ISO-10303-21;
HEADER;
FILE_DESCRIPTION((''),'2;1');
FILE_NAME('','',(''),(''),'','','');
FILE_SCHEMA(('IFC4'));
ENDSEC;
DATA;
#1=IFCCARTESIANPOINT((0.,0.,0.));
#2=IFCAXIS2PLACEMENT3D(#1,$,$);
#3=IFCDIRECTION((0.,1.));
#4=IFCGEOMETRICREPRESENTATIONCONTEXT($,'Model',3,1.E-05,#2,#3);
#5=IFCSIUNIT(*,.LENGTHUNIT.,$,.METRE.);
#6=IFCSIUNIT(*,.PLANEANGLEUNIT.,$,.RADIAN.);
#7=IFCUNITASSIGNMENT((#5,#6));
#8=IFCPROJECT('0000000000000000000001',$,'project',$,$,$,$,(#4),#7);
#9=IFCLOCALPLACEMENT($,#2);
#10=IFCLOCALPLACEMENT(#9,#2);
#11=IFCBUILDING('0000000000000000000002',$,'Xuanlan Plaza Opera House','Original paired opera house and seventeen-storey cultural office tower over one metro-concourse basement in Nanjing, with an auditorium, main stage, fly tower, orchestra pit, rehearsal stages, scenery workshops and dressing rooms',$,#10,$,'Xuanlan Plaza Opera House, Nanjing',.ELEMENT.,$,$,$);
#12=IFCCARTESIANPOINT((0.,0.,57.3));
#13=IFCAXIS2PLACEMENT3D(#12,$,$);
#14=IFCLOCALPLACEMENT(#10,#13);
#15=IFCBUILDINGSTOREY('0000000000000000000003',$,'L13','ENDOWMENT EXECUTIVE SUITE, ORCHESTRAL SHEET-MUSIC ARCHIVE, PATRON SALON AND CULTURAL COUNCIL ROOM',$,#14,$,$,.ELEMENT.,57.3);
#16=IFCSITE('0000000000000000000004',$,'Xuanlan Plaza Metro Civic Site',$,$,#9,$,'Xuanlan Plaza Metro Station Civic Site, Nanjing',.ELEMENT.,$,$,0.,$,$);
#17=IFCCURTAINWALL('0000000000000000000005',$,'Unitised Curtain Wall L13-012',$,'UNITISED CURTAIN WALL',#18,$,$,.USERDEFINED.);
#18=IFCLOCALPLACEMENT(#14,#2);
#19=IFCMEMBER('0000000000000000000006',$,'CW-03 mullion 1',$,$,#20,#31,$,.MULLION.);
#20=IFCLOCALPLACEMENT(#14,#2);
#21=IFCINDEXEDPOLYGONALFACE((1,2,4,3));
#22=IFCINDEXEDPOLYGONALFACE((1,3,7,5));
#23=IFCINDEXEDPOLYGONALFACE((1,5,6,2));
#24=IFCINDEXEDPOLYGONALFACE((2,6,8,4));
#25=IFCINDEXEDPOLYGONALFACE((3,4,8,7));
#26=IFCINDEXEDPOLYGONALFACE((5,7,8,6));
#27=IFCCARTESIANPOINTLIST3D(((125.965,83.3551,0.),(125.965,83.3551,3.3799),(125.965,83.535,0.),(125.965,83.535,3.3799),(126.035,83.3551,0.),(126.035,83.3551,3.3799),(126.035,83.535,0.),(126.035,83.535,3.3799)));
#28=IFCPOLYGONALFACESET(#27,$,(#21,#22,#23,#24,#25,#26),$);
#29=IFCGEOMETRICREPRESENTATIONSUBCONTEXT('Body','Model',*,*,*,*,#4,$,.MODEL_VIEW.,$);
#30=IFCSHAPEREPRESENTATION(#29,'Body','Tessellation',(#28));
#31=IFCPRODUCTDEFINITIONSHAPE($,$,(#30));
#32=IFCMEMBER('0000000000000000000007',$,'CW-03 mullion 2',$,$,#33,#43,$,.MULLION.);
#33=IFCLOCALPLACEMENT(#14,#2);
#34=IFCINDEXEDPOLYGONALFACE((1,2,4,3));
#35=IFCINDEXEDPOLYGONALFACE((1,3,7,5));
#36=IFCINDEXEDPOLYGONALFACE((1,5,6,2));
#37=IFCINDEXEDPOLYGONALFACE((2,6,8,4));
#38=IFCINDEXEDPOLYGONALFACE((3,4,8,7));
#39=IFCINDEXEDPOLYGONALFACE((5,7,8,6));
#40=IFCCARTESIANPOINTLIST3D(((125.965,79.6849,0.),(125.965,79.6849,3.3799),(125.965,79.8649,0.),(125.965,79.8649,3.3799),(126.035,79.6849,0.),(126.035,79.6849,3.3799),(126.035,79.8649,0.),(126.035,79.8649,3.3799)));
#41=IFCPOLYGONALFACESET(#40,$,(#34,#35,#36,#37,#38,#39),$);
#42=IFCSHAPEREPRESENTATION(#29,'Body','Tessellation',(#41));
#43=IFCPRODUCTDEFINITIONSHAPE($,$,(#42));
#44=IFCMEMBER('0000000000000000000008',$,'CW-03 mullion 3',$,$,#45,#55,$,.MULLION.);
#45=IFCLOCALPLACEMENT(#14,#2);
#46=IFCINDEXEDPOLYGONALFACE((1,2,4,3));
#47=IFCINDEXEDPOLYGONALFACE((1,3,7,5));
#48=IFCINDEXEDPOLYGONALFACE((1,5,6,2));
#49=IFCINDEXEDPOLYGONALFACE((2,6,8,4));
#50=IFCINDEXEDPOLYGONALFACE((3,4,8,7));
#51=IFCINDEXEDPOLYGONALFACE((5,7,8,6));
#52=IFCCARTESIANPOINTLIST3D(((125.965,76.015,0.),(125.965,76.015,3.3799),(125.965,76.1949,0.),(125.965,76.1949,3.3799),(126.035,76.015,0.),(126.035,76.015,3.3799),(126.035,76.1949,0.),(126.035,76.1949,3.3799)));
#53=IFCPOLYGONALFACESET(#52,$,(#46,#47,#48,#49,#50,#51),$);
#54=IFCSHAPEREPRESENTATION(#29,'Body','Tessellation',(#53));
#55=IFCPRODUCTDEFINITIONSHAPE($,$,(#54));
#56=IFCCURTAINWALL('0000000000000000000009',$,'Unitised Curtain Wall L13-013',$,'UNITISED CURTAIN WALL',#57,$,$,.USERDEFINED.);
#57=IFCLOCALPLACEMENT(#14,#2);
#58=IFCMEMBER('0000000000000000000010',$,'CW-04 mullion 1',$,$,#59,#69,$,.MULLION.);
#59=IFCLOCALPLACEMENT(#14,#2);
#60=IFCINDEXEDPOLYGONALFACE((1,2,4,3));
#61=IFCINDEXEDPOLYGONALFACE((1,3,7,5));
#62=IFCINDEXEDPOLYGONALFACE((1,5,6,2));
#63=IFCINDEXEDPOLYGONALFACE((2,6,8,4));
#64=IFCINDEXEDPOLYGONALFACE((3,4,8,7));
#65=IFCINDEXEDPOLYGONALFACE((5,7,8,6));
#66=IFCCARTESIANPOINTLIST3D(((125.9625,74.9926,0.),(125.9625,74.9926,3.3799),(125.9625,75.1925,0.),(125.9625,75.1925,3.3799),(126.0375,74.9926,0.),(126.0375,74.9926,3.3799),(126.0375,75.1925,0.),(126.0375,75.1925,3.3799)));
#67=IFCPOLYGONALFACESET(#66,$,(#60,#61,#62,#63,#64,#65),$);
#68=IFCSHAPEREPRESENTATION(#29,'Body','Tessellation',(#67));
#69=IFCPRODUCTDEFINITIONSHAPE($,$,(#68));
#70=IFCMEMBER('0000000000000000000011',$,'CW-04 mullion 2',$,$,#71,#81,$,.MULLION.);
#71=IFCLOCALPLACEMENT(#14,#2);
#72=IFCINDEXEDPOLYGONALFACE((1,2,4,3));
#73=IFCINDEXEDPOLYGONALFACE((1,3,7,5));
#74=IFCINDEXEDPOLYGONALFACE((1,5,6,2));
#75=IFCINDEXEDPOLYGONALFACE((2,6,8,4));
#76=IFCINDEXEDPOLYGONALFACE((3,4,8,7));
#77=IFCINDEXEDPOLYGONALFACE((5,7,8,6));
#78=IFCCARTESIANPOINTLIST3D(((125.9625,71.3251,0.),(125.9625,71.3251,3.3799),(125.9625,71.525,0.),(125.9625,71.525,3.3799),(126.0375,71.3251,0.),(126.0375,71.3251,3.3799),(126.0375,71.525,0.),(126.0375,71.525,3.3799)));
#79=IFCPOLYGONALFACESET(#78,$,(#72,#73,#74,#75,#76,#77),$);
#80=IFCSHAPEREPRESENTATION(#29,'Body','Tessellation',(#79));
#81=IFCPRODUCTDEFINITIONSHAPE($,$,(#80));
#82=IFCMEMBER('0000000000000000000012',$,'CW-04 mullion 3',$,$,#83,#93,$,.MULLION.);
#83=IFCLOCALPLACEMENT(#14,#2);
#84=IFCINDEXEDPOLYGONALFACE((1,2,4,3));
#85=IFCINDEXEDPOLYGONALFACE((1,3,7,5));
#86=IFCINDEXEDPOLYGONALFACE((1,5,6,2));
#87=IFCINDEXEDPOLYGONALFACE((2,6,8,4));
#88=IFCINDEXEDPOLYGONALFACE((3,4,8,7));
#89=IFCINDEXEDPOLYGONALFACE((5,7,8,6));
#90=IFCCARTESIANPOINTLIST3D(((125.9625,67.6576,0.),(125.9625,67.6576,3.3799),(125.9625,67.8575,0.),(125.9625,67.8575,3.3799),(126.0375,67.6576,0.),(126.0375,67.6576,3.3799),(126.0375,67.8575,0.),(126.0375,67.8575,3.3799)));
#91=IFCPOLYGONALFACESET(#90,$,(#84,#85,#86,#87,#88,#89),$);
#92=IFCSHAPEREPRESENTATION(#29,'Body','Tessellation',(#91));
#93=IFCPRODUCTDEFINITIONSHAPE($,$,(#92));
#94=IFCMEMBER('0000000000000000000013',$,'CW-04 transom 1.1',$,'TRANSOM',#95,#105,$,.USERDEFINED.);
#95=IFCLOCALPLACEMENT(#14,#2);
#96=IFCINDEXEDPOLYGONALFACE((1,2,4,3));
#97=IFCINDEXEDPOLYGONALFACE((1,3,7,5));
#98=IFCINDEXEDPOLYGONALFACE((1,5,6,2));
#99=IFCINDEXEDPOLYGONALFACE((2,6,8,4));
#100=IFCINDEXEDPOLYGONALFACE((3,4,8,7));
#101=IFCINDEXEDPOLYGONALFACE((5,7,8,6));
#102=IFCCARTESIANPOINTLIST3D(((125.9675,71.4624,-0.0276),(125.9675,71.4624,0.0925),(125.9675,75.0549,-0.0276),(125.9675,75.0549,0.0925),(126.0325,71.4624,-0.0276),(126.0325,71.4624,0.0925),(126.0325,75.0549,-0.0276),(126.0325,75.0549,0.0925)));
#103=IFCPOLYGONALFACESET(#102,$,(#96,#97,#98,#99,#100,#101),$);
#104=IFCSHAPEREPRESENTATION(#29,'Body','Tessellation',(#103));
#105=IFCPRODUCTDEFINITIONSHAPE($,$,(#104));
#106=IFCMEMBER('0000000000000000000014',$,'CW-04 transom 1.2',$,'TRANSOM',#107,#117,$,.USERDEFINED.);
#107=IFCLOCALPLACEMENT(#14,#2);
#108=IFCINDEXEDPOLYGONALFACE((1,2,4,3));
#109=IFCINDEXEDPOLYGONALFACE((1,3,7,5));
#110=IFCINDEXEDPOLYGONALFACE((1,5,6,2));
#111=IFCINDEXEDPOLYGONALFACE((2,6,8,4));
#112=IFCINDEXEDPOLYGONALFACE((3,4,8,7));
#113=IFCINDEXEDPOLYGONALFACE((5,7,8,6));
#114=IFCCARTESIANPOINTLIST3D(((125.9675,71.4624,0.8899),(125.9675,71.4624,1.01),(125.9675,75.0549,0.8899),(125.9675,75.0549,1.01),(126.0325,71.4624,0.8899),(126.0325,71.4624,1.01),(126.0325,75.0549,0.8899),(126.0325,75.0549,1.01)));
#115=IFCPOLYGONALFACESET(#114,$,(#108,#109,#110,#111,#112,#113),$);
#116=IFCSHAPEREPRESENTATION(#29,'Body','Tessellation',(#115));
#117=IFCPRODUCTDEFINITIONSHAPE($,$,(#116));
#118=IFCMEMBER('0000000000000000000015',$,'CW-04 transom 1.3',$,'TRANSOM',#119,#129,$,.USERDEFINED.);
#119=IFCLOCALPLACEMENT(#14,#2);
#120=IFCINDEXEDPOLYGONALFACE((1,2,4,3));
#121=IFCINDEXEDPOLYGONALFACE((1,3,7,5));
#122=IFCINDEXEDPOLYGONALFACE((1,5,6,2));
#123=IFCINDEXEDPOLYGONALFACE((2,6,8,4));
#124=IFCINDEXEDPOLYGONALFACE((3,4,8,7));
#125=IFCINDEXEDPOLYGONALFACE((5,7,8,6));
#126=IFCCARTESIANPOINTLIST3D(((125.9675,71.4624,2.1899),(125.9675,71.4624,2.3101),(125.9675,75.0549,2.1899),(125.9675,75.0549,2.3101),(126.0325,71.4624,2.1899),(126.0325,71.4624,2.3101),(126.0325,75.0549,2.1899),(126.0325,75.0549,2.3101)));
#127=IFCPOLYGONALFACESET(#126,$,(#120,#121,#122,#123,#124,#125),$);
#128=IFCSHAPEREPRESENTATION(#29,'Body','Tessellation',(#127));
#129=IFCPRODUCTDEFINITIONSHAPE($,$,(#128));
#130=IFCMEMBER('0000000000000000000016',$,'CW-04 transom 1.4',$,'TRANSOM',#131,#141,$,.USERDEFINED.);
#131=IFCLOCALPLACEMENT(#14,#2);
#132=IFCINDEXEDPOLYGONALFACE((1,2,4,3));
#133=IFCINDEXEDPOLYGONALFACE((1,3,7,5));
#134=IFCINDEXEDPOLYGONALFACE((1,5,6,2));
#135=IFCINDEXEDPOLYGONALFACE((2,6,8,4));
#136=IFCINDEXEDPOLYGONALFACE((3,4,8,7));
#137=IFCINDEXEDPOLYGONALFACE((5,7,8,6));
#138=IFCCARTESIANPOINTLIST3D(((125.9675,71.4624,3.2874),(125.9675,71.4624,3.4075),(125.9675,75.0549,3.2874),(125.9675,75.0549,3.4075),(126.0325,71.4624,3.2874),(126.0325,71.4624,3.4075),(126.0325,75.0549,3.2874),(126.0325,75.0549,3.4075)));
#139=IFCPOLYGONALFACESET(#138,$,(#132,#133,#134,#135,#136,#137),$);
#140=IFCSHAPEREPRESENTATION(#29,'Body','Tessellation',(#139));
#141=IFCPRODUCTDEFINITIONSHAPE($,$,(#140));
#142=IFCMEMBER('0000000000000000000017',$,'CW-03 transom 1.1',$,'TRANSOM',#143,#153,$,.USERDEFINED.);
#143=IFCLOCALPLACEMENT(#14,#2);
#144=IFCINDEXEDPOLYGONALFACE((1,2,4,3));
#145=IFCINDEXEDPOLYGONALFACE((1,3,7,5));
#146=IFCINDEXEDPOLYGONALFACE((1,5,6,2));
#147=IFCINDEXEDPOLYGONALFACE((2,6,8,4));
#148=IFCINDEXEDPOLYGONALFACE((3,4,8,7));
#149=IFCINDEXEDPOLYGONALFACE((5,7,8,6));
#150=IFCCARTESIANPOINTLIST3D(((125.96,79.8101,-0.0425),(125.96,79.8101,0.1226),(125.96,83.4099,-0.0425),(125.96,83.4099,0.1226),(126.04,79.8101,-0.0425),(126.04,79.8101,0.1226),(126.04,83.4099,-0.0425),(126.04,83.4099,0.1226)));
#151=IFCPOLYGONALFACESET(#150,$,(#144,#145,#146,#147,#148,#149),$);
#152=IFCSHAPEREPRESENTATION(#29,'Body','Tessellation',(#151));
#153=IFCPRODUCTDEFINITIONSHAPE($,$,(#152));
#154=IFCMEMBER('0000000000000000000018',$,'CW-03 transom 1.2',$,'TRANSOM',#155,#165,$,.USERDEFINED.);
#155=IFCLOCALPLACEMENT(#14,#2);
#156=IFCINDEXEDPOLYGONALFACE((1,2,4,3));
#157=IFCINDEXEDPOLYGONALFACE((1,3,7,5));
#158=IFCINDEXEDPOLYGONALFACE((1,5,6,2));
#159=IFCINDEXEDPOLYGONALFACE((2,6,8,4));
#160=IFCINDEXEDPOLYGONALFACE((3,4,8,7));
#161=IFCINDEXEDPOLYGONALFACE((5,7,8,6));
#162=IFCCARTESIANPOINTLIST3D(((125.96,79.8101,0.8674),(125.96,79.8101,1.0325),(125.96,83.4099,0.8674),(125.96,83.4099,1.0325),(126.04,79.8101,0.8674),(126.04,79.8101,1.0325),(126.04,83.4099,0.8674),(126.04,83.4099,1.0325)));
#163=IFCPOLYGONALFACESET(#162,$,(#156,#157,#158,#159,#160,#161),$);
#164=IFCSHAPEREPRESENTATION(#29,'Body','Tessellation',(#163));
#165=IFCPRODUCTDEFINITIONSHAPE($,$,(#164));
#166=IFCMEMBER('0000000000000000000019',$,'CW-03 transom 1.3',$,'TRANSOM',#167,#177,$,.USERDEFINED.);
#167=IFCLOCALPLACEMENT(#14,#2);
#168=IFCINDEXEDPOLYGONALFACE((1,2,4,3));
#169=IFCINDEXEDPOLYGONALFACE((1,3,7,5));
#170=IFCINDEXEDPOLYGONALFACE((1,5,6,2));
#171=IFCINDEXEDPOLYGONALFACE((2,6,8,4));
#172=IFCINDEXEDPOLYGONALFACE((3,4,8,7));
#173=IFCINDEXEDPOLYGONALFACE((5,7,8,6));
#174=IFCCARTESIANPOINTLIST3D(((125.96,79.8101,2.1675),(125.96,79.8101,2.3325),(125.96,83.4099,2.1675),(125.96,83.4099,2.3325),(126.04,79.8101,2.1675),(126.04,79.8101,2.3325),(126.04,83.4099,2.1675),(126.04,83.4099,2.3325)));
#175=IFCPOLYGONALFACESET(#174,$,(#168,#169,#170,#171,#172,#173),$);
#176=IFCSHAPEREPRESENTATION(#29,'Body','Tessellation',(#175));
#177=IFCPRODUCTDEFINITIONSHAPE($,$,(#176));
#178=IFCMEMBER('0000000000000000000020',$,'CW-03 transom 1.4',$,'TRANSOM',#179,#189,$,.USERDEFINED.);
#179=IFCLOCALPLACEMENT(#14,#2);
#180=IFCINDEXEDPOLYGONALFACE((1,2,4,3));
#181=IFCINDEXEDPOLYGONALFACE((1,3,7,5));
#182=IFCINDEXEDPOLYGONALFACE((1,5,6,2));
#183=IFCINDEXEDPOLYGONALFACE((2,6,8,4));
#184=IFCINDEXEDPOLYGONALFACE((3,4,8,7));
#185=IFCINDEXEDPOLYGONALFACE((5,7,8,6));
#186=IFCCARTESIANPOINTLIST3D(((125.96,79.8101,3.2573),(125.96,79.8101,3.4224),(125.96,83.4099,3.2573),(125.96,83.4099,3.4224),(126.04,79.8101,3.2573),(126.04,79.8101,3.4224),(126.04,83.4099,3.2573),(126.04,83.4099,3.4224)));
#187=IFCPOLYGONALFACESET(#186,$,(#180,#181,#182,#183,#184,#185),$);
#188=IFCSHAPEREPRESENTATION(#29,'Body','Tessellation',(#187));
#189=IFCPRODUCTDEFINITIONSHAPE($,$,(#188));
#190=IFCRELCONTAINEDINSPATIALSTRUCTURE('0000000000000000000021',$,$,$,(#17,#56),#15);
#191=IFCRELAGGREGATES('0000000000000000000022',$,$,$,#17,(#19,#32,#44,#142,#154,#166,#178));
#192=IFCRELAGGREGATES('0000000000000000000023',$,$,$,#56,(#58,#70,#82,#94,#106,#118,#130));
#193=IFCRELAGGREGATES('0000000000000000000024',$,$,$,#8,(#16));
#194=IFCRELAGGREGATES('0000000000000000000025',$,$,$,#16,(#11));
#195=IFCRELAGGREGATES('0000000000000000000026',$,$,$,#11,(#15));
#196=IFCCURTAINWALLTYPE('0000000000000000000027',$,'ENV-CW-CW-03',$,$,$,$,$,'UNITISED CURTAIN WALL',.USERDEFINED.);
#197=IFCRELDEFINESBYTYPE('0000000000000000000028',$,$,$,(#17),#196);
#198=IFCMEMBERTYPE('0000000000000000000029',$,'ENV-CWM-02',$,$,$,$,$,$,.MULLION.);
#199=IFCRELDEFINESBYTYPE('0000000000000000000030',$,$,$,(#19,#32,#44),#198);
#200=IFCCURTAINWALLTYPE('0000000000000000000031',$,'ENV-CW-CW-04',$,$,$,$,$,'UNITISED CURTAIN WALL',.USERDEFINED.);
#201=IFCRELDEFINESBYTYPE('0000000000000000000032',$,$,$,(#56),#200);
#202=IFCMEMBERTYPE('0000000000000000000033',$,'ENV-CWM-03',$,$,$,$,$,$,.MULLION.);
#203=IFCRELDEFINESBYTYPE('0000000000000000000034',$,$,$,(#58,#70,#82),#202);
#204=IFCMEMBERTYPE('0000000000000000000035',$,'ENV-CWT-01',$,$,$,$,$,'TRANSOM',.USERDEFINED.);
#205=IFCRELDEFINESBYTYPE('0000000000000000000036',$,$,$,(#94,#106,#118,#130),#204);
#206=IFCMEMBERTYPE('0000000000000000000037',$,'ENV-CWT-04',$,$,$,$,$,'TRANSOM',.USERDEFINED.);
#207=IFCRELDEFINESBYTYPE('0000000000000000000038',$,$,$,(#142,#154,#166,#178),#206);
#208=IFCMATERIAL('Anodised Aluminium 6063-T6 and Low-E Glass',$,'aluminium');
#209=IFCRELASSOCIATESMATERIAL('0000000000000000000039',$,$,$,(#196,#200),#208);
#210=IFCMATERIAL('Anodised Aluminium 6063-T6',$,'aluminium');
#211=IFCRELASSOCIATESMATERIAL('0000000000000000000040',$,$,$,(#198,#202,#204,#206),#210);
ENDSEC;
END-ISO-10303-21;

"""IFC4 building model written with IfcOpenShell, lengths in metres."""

from ifc_helpers import new_model, si_unit, direction, frame, origin, origin_2d, place, context, subcontext, project, spatial, rectangle, extrude, material, material_profile, profile_set, type_object, element, aggregate, save


model = new_model("IFC4")

# Units and contexts
model_context = context("Model", 3, precision=1e-05, world=origin(), true_north=direction((0.0, 1.0)))
body_context = subcontext(model_context, "Body", "Model", "MODEL_VIEW")
ifc_project = project(units=[si_unit("LENGTHUNIT", "METRE"), si_unit("PLANEANGLEUNIT", "RADIAN")], contexts=[model_context])

# Site, building, storey
site_placement = place(None, origin())
site = spatial("IfcSite", under=ifc_project, at=site_placement, Name="Xuanlan Plaza Metro Civic Site", LongName="Xuanlan Plaza Metro Station Civic Site, Nanjing", CompositionType="ELEMENT", RefElevation=0.0)
building_placement = place(site_placement, origin())
building = spatial("IfcBuilding", under=site, at=building_placement, Name="Xuanlan Plaza Opera House", Description="Original paired opera house and seventeen-storey cultural office tower over one metro-concourse basement in Nanjing, with an auditorium, main stage, fly tower, orchestra pit, rehearsal stages, scenery workshops and dressing rooms", LongName="Xuanlan Plaza Opera House, Nanjing", CompositionType="ELEMENT")
storey_placement = place(building_placement, frame((0.0, 0.0, 57.3)))
storey = spatial("IfcBuildingStorey", under=building, at=storey_placement, Name="L13", Description="ENDOWMENT EXECUTIVE SUITE, ORCHESTRAL SHEET-MUSIC ARCHIVE, PATRON SALON AND CULTURAL COUNCIL ROOM", CompositionType="ELEMENT", Elevation=57.3)

# Curtain walls, members
ifc_material_1 = material(Name="Anodised Aluminium 6063-T6 and Low-E Glass", Category="aluminium")
curtain_wall_type_1 = type_object("IfcCurtainWallType", Name="ENV-CW-CW-03", ElementType="UNITISED CURTAIN WALL", PredefinedType="USERDEFINED", material=ifc_material_1)
curtain_wall_1_placement = place(storey_placement, origin())
curtain_wall_1 = element("IfcCurtainWall", 1, at=curtain_wall_1_placement, inside=storey, type_object=curtain_wall_type_1, Name="Unitised Curtain Wall L13-012", ObjectType="UNITISED CURTAIN WALL", PredefinedType="USERDEFINED")
ifc_material_2 = material(Name="Anodised Aluminium 6063-T6", Category="aluminium")
ifc_material_profile_1 = material_profile(ifc_material_2, rectangle(XDim=0.0701, YDim=0.1799, at=origin_2d()), Name="ALU-M 70x180")
ifc_profile_set_1 = profile_set([ifc_material_profile_1], Name="Anodised Aluminium 6063-T6")
member_type_1 = type_object("IfcMemberType", Name="ENV-CWM-02", PredefinedType="MULLION", material=ifc_profile_set_1)
member_1_placement = place(storey_placement, frame((126.0, 83.4451, 0.0), z_axis=(0.0, 0.0, 1.0), x_axis=(1.0, 0.0, 0.0)))
member_1 = element("IfcMember", 2, at=member_1_placement, type_object=member_type_1, Name="CW-03 mullion 1", PredefinedType="MULLION", context=body_context, shape_type="SweptSolid", body=[
    extrude(rectangle(XDim=0.0701, YDim=0.1799, at=origin_2d()), origin(), (0.0, 0.0, 1.0), 3.3799),
])
member_2_placement = place(storey_placement, frame((126.0, 79.7749, 0.0), z_axis=(0.0, 0.0, 1.0), x_axis=(1.0, 0.0, 0.0)))
member_2 = element("IfcMember", 3, at=member_2_placement, type_object=member_type_1, Name="CW-03 mullion 2", PredefinedType="MULLION", context=body_context, shape_type="SweptSolid", body=[
    extrude(rectangle(XDim=0.0701, YDim=0.1799, at=origin_2d()), origin(), (0.0, 0.0, 1.0), 3.3799),
])
member_3_placement = place(storey_placement, frame((126.0, 76.105, 0.0), z_axis=(0.0, 0.0, 1.0), x_axis=(1.0, 0.0, 0.0)))
member_3 = element("IfcMember", 4, at=member_3_placement, type_object=member_type_1, Name="CW-03 mullion 3", PredefinedType="MULLION", context=body_context, shape_type="SweptSolid", body=[
    extrude(rectangle(XDim=0.0701, YDim=0.1799, at=origin_2d()), origin(), (0.0, 0.0, 1.0), 3.3799),
])
curtain_wall_type_2 = type_object("IfcCurtainWallType", Name="ENV-CW-CW-04", ElementType="UNITISED CURTAIN WALL", PredefinedType="USERDEFINED", material=ifc_material_1)
curtain_wall_2_placement = place(storey_placement, origin())
curtain_wall_2 = element("IfcCurtainWall", 5, at=curtain_wall_2_placement, inside=storey, type_object=curtain_wall_type_2, Name="Unitised Curtain Wall L13-013", ObjectType="UNITISED CURTAIN WALL", PredefinedType="USERDEFINED")
ifc_material_profile_2 = material_profile(ifc_material_2, rectangle(XDim=0.075, YDim=0.2, at=origin_2d()), Name="ALU-M 75x200")
ifc_profile_set_2 = profile_set([ifc_material_profile_2], Name="Anodised Aluminium 6063-T6")
member_type_2 = type_object("IfcMemberType", Name="ENV-CWM-03", PredefinedType="MULLION", material=ifc_profile_set_2)
member_4_placement = place(storey_placement, frame((126.0, 75.0925, 0.0), z_axis=(0.0, 0.0, 1.0), x_axis=(1.0, 0.0, 0.0)))
member_4 = element("IfcMember", 6, at=member_4_placement, type_object=member_type_2, Name="CW-04 mullion 1", PredefinedType="MULLION", context=body_context, shape_type="SweptSolid", body=[
    extrude(rectangle(XDim=0.075, YDim=0.2, at=origin_2d()), origin(), (0.0, 0.0, 1.0), 3.3799),
])
member_5_placement = place(storey_placement, frame((126.0, 71.425, 0.0), z_axis=(0.0, 0.0, 1.0), x_axis=(1.0, 0.0, 0.0)))
member_5 = element("IfcMember", 7, at=member_5_placement, type_object=member_type_2, Name="CW-04 mullion 2", PredefinedType="MULLION", context=body_context, shape_type="SweptSolid", body=[
    extrude(rectangle(XDim=0.075, YDim=0.2, at=origin_2d()), origin(), (0.0, 0.0, 1.0), 3.3799),
])
member_6_placement = place(storey_placement, frame((126.0, 67.7576, 0.0), z_axis=(0.0, 0.0, 1.0), x_axis=(1.0, 0.0, 0.0)))
member_6 = element("IfcMember", 8, at=member_6_placement, type_object=member_type_2, Name="CW-04 mullion 3", PredefinedType="MULLION", context=body_context, shape_type="SweptSolid", body=[
    extrude(rectangle(XDim=0.075, YDim=0.2, at=origin_2d()), origin(), (0.0, 0.0, 1.0), 3.3799),
])
ifc_material_profile_3 = material_profile(ifc_material_2, rectangle(XDim=0.0649, YDim=0.1201, at=origin_2d()), Name="ALU-T 65x120")
ifc_profile_set_3 = profile_set([ifc_material_profile_3], Name="Anodised Aluminium 6063-T6")
member_type_3 = type_object("IfcMemberType", Name="ENV-CWT-01", ElementType="TRANSOM", PredefinedType="USERDEFINED", material=ifc_profile_set_3)
member_7_placement = place(storey_placement, frame((126.0, 75.0549, 0.0325), z_axis=(0.0, -1.0, 0.0), x_axis=(1.0, 0.0, 0.0)))
member_7 = element("IfcMember", 9, at=member_7_placement, type_object=member_type_3, Name="CW-04 transom 1.1", ObjectType="TRANSOM", PredefinedType="USERDEFINED", context=body_context, shape_type="SweptSolid", body=[
    extrude(rectangle(XDim=0.0649, YDim=0.1201, at=origin_2d()), origin(), (0.0, 0.0, 1.0), 3.5925),
])
member_8_placement = place(storey_placement, frame((126.0, 75.0549, 0.95), z_axis=(0.0, -1.0, 0.0), x_axis=(1.0, 0.0, 0.0)))
member_8 = element("IfcMember", 10, at=member_8_placement, type_object=member_type_3, Name="CW-04 transom 1.2", ObjectType="TRANSOM", PredefinedType="USERDEFINED", context=body_context, shape_type="SweptSolid", body=[
    extrude(rectangle(XDim=0.0649, YDim=0.1201, at=origin_2d()), origin(), (0.0, 0.0, 1.0), 3.5925),
])
member_9_placement = place(storey_placement, frame((126.0, 75.0549, 2.25), z_axis=(0.0, -1.0, 0.0), x_axis=(1.0, 0.0, 0.0)))
member_9 = element("IfcMember", 11, at=member_9_placement, type_object=member_type_3, Name="CW-04 transom 1.3", ObjectType="TRANSOM", PredefinedType="USERDEFINED", context=body_context, shape_type="SweptSolid", body=[
    extrude(rectangle(XDim=0.0649, YDim=0.1201, at=origin_2d()), origin(), (0.0, 0.0, 1.0), 3.5925),
])
member_10_placement = place(storey_placement, frame((126.0, 75.0549, 3.3474), z_axis=(0.0, -1.0, 0.0), x_axis=(1.0, 0.0, 0.0)))
member_10 = element("IfcMember", 12, at=member_10_placement, type_object=member_type_3, Name="CW-04 transom 1.4", ObjectType="TRANSOM", PredefinedType="USERDEFINED", context=body_context, shape_type="SweptSolid", body=[
    extrude(rectangle(XDim=0.0649, YDim=0.1201, at=origin_2d()), origin(), (0.0, 0.0, 1.0), 3.5925),
])

# Members
ifc_material_profile_4 = material_profile(ifc_material_2, rectangle(XDim=0.0801, YDim=0.165, at=origin_2d()), Name="ALU-T 80x165")
ifc_profile_set_4 = profile_set([ifc_material_profile_4], Name="Anodised Aluminium 6063-T6")
member_type_4 = type_object("IfcMemberType", Name="ENV-CWT-04", ElementType="TRANSOM", PredefinedType="USERDEFINED", material=ifc_profile_set_4)
member_11_placement = place(storey_placement, frame((126.0, 83.4099, 0.04), z_axis=(0.0, -1.0, 0.0), x_axis=(1.0, 0.0, 0.0)))
member_11 = element("IfcMember", 13, at=member_11_placement, type_object=member_type_4, Name="CW-03 transom 1.1", ObjectType="TRANSOM", PredefinedType="USERDEFINED", context=body_context, shape_type="SweptSolid", body=[
    extrude(rectangle(XDim=0.0801, YDim=0.165, at=origin_2d()), origin(), (0.0, 0.0, 1.0), 3.5999),
])
member_12_placement = place(storey_placement, frame((126.0, 83.4099, 0.95), z_axis=(0.0, -1.0, 0.0), x_axis=(1.0, 0.0, 0.0)))
member_12 = element("IfcMember", 14, at=member_12_placement, type_object=member_type_4, Name="CW-03 transom 1.2", ObjectType="TRANSOM", PredefinedType="USERDEFINED", context=body_context, shape_type="SweptSolid", body=[
    extrude(rectangle(XDim=0.0801, YDim=0.165, at=origin_2d()), origin(), (0.0, 0.0, 1.0), 3.5999),
])
member_13_placement = place(storey_placement, frame((126.0, 83.4099, 2.25), z_axis=(0.0, -1.0, 0.0), x_axis=(1.0, 0.0, 0.0)))
member_13 = element("IfcMember", 15, at=member_13_placement, type_object=member_type_4, Name="CW-03 transom 1.3", ObjectType="TRANSOM", PredefinedType="USERDEFINED", context=body_context, shape_type="SweptSolid", body=[
    extrude(rectangle(XDim=0.0801, YDim=0.165, at=origin_2d()), origin(), (0.0, 0.0, 1.0), 3.5999),
])
member_14_placement = place(storey_placement, frame((126.0, 83.4099, 3.3398), z_axis=(0.0, -1.0, 0.0), x_axis=(1.0, 0.0, 0.0)))
member_14 = element("IfcMember", 16, at=member_14_placement, type_object=member_type_4, Name="CW-03 transom 1.4", ObjectType="TRANSOM", PredefinedType="USERDEFINED", context=body_context, shape_type="SweptSolid", body=[
    extrude(rectangle(XDim=0.0801, YDim=0.165, at=origin_2d()), origin(), (0.0, 0.0, 1.0), 3.5999),
])

aggregate(curtain_wall_1, [member_1, member_2, member_3, member_11, member_12, member_13, member_14])
aggregate(curtain_wall_2, [member_4, member_5, member_6, member_7, member_8, member_9, member_10])

save(model, "model.ifc")
